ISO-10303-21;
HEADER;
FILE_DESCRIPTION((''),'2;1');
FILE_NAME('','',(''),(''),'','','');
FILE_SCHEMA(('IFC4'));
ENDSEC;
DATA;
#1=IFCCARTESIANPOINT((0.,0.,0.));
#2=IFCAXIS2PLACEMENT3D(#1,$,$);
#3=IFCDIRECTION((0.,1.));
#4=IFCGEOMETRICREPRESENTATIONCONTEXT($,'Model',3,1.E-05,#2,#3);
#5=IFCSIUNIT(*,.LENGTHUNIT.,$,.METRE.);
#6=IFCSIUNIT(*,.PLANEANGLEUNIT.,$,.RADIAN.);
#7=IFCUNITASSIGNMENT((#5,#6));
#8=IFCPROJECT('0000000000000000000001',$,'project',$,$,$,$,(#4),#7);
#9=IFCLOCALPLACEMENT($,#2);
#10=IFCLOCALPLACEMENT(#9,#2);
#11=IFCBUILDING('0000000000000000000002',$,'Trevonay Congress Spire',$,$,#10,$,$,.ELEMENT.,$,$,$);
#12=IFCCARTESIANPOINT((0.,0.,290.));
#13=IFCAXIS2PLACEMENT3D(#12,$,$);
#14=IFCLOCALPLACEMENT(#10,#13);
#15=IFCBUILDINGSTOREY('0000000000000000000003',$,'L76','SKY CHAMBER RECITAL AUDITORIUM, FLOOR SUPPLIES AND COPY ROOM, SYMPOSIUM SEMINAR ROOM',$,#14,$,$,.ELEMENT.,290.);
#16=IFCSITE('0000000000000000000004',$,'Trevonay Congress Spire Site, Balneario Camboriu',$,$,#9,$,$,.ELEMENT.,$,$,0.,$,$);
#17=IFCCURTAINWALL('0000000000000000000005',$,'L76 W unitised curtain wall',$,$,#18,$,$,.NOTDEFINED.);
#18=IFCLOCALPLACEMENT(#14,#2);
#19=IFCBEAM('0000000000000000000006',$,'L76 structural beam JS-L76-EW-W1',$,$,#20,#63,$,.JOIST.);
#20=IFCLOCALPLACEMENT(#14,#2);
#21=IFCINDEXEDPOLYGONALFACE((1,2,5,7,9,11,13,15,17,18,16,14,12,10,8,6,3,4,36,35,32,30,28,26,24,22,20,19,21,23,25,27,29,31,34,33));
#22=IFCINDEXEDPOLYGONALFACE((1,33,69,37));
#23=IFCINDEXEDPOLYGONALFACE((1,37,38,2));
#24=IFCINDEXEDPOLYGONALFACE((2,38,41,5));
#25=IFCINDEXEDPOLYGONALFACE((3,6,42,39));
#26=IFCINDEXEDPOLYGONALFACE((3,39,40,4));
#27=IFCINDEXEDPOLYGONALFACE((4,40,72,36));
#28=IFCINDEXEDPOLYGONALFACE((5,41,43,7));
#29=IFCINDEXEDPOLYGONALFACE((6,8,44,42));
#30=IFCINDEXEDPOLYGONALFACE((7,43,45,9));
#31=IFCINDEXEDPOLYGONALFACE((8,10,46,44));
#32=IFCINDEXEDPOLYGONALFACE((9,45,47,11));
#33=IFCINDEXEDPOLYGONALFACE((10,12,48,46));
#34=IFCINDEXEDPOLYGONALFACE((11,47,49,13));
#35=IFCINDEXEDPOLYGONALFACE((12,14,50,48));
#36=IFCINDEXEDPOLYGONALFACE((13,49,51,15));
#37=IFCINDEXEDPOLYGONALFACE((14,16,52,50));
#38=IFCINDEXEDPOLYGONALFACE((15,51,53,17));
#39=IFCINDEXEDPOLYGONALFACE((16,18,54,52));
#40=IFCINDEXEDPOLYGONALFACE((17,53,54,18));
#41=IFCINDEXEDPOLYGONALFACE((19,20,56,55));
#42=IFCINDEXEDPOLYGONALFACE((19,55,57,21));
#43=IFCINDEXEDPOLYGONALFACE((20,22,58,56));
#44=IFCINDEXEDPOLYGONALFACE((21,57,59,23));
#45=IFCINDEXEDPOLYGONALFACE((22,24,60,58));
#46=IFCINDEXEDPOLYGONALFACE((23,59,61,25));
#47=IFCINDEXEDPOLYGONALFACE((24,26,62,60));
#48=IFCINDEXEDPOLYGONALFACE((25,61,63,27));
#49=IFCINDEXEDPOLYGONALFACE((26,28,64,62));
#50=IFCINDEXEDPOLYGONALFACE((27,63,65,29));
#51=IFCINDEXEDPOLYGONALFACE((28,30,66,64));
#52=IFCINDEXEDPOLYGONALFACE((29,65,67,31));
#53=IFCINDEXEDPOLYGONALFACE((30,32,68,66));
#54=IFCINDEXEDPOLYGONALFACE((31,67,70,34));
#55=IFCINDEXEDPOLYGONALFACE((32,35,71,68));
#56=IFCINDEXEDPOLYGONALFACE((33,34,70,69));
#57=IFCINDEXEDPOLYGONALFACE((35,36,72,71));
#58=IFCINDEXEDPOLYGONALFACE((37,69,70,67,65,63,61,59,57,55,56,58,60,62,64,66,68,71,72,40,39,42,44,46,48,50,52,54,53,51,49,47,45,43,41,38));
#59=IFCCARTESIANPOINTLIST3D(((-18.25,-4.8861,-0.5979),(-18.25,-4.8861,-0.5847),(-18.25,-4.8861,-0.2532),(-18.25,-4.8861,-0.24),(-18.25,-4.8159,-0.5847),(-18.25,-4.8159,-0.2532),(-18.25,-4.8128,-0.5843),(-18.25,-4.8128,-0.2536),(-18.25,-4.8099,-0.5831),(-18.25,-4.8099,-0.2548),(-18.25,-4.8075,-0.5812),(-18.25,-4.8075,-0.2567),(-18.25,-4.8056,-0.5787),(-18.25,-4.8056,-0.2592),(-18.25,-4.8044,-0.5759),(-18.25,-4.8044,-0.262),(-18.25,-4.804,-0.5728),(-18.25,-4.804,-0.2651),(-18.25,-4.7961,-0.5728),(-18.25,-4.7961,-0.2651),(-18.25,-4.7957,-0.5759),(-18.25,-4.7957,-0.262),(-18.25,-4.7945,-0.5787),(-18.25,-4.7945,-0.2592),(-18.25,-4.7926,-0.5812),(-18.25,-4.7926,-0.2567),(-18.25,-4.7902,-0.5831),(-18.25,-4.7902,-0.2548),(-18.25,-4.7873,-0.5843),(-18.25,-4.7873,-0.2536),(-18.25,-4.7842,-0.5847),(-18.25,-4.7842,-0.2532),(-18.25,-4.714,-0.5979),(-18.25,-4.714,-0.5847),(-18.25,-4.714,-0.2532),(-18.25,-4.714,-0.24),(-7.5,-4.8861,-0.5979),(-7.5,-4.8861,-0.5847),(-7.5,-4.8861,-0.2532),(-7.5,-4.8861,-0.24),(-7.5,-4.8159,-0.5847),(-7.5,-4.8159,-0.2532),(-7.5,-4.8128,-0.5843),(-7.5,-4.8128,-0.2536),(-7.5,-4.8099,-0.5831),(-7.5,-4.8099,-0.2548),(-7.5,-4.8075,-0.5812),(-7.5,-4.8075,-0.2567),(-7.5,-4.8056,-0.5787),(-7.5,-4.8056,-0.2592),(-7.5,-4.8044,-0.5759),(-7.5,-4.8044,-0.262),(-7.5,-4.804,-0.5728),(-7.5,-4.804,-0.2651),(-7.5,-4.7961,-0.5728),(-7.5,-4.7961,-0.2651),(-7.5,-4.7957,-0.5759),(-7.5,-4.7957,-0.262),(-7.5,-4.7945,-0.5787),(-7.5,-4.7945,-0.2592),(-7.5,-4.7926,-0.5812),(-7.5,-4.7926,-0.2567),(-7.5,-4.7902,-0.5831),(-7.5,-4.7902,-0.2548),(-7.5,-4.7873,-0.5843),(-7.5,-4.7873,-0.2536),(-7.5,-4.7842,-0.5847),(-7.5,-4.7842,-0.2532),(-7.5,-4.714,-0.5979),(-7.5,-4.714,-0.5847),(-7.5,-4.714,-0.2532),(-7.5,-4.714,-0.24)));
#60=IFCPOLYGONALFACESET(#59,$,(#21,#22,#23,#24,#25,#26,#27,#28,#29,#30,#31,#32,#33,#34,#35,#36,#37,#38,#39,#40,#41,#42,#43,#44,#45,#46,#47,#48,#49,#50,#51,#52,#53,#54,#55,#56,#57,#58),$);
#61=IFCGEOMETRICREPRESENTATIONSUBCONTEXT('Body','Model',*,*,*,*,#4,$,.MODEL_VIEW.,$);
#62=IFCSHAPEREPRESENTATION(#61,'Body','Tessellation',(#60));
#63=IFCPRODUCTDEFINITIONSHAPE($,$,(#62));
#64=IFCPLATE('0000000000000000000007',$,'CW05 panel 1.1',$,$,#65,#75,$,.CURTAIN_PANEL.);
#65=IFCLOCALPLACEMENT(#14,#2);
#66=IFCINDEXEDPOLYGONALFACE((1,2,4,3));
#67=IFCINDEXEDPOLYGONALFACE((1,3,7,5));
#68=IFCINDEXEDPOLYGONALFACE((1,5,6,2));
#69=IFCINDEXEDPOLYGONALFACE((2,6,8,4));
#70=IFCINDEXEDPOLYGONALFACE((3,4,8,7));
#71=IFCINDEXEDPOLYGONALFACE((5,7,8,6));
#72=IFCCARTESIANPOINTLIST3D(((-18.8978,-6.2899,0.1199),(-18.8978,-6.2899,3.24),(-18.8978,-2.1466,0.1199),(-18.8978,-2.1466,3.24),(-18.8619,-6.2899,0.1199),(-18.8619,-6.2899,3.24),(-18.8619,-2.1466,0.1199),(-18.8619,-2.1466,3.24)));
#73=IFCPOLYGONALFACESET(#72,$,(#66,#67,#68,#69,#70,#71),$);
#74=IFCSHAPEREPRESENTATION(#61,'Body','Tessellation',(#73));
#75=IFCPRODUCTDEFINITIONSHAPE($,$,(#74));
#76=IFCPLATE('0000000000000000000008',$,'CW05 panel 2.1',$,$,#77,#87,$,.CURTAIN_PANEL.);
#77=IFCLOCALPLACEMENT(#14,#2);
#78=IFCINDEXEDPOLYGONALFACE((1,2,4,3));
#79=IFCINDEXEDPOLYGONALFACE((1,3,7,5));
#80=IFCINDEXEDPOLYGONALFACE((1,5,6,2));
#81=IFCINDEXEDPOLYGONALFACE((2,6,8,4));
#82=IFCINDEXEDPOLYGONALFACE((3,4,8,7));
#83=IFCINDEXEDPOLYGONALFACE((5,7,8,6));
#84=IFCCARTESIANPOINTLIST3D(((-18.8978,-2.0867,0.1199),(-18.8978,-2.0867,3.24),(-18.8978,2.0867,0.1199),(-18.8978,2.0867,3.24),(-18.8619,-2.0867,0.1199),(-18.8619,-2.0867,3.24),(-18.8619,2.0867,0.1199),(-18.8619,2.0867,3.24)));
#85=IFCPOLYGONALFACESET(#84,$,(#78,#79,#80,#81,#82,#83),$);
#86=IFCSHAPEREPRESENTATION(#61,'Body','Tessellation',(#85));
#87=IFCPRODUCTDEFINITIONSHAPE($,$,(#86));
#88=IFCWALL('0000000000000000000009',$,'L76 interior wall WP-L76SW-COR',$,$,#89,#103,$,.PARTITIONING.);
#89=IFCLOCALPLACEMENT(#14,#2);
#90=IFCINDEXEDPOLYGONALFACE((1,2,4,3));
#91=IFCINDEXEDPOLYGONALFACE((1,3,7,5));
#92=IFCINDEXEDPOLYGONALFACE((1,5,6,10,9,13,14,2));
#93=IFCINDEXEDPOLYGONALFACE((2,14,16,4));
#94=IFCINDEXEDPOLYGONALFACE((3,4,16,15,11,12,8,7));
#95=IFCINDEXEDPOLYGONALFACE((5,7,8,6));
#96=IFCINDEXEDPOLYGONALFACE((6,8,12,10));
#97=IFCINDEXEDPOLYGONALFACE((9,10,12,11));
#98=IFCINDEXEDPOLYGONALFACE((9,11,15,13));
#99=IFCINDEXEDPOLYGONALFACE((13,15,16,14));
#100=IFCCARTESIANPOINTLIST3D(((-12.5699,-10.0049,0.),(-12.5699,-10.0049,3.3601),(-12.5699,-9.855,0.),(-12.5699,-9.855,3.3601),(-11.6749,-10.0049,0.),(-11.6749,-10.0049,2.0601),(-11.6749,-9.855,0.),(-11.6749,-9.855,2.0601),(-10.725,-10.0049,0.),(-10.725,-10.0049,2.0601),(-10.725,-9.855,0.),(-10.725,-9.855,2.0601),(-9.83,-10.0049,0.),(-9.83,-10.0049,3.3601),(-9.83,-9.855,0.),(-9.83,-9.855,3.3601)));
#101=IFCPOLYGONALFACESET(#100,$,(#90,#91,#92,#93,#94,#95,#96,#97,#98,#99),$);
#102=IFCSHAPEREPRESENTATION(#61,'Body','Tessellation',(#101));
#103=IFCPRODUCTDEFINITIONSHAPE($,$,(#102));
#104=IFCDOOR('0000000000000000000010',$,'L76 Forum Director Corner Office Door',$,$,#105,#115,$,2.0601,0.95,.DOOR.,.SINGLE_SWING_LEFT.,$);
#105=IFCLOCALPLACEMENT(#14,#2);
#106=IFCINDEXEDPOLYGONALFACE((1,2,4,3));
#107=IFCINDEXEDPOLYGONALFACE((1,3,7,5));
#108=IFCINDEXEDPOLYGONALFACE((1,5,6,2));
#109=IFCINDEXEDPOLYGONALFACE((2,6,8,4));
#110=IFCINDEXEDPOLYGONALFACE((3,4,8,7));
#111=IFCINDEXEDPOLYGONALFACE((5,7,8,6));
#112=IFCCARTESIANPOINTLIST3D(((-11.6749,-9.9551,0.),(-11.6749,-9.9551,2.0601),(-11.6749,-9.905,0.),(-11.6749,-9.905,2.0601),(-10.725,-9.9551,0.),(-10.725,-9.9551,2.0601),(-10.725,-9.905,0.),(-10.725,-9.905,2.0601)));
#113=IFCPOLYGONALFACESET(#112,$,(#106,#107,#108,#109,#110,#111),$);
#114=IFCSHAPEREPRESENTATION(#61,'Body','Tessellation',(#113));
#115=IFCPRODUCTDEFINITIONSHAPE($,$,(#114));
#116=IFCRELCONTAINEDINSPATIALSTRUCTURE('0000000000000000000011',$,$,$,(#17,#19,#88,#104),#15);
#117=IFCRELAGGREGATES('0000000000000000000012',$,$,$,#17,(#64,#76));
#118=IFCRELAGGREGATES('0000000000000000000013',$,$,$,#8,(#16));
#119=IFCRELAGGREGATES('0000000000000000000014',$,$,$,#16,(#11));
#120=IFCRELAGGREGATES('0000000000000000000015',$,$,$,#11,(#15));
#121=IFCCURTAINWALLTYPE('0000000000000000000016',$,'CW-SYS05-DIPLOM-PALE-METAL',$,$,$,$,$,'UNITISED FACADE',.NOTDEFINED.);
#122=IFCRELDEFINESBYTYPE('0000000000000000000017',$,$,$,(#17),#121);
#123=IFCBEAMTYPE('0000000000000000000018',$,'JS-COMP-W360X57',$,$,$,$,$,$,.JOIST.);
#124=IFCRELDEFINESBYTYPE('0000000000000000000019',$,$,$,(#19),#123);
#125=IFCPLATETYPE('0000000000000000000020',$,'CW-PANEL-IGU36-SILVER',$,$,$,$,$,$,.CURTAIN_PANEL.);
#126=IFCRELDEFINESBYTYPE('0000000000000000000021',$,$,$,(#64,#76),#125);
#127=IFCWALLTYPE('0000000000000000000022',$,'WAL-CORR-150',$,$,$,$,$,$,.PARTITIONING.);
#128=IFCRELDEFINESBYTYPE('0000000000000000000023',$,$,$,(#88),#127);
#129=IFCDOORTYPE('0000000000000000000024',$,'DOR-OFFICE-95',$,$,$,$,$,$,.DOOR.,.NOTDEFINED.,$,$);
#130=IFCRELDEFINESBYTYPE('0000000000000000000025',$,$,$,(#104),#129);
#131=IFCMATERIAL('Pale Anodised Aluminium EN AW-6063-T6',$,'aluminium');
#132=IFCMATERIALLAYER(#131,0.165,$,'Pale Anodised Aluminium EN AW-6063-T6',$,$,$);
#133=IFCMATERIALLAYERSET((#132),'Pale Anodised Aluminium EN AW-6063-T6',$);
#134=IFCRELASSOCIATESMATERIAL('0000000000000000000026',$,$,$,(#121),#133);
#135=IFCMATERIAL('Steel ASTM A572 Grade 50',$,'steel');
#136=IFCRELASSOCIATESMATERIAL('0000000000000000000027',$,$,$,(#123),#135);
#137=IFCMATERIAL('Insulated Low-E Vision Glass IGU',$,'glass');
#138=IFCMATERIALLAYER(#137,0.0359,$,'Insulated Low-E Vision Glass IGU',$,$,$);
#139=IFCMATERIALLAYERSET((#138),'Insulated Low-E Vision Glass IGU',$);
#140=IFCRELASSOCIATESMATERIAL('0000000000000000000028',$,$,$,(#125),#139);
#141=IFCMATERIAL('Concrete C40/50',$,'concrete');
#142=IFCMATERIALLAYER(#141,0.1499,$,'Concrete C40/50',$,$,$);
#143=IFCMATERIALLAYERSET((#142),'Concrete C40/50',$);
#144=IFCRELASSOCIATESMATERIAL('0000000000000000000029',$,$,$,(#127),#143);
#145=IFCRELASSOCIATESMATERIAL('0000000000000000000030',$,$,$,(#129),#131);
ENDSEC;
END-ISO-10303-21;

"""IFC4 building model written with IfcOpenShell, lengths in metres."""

from ifc_helpers import new_model, si_unit, direction, frame, frame_2d, origin, origin_2d, place, context, subcontext, project, spatial, rectangle, i_section, extrude, material, layer, layer_set, material_profile, profile_set, type_object, element, fill, aggregate, save


model = new_model("IFC4")

# Units and contexts
model_context = context("Model", 3, precision=1e-05, world=origin(), true_north=direction((0.0, 1.0)))
body_context = subcontext(model_context, "Body", "Model", "MODEL_VIEW")
ifc_project = project(units=[si_unit("LENGTHUNIT", "METRE"), si_unit("PLANEANGLEUNIT", "RADIAN")], contexts=[model_context])

# Site, building, storey
site_placement = place(None, origin())
site = spatial("IfcSite", under=ifc_project, at=site_placement, Name="Trevonay Congress Spire Site, Balneario Camboriu", CompositionType="ELEMENT", RefElevation=0.0)
building_placement = place(site_placement, origin())
building = spatial("IfcBuilding", under=site, at=building_placement, Name="Trevonay Congress Spire", CompositionType="ELEMENT")
storey_placement = place(building_placement, frame((0.0, 0.0, 290.0)))
storey = spatial("IfcBuildingStorey", under=building, at=storey_placement, Name="L76", Description="SKY CHAMBER RECITAL AUDITORIUM, FLOOR SUPPLIES AND COPY ROOM, SYMPOSIUM SEMINAR ROOM", CompositionType="ELEMENT", Elevation=290.0)

# Shared definitions
ifc_material_1 = material(Name="Steel ASTM A572 Grade 50", Category="steel")

# Curtain wall
ifc_material_2 = material(Name="Pale Anodised Aluminium EN AW-6063-T6", Category="aluminium")
ifc_layer_1 = layer(ifc_material_2, 0.165, Name="Pale Anodised Aluminium EN AW-6063-T6")
ifc_layer_set_1 = layer_set([ifc_layer_1], Name="Pale Anodised Aluminium EN AW-6063-T6")
curtain_wall_type = type_object("IfcCurtainWallType", Name="CW-SYS05-DIPLOM-PALE-METAL", ElementType="UNITISED FACADE", PredefinedType="NOTDEFINED", material=ifc_layer_set_1)
curtain_wall_placement = place(storey_placement, origin())
curtain_wall = element("IfcCurtainWall", 1, at=curtain_wall_placement, inside=storey, type_object=curtain_wall_type, Name="L76 W unitised curtain wall", PredefinedType="NOTDEFINED")

# Beam
ifc_material_profile_1 = material_profile(ifc_material_1, i_section(OverallWidth=0.1721, OverallDepth=0.3579, WebThickness=0.0078, FlangeThickness=0.0132, FilletRadius=0.012, at=origin_2d()), Name="W360x57.8")
ifc_profile_set_1 = profile_set([ifc_material_profile_1], Name="Steel ASTM A572 Grade 50")
beam_type_1 = type_object("IfcBeamType", Name="JS-COMP-W360X57", PredefinedType="JOIST", material=ifc_profile_set_1)
beam_1_placement = place(storey_placement, frame((-18.25, -4.8, -0.4189), z_axis=(1.0, 0.0, 0.0), x_axis=(0.0, 1.0, 0.0)))
element("IfcBeam", 2, at=beam_1_placement, inside=storey, type_object=beam_type_1, Name="L76 structural beam JS-L76-EW-W1", PredefinedType="JOIST", context=body_context, shape_type="SweptSolid", body=[
    extrude(i_section(OverallWidth=0.1721, OverallDepth=0.3579, WebThickness=0.0078, FlangeThickness=0.0132, FilletRadius=0.012, at=origin_2d()), origin(), (0.0, 0.0, 1.0), 10.75),
])

# Plates
ifc_material_3 = material(Name="Insulated Low-E Vision Glass IGU", Category="glass")
ifc_layer_2 = layer(ifc_material_3, 0.0359, Name="Insulated Low-E Vision Glass IGU")
ifc_layer_set_2 = layer_set([ifc_layer_2], Name="Insulated Low-E Vision Glass IGU")
plate_type = type_object("IfcPlateType", Name="CW-PANEL-IGU36-SILVER", PredefinedType="CURTAIN_PANEL", material=ifc_layer_set_2)
plate_1_placement = place(storey_placement, frame((-18.8799, -4.2183, 0.1199), z_axis=(0.0, 0.0, 1.0), x_axis=(0.0, 1.0, 0.0)))
plate_1 = element("IfcPlate", 3, at=plate_1_placement, type_object=plate_type, Name="CW05 panel 1.1", PredefinedType="CURTAIN_PANEL", context=body_context, shape_type="SweptSolid", body=[
    extrude(rectangle(XDim=4.1433, YDim=0.0359, at=origin_2d()), origin(), (0.0, 0.0, 1.0), 3.1201),
])
plate_2_placement = place(storey_placement, frame((-18.8799, 0.0, 0.1199), z_axis=(0.0, 0.0, 1.0), x_axis=(0.0, 1.0, 0.0)))
plate_2 = element("IfcPlate", 4, at=plate_2_placement, type_object=plate_type, Name="CW05 panel 2.1", PredefinedType="CURTAIN_PANEL", context=body_context, shape_type="SweptSolid", body=[
    extrude(rectangle(XDim=4.1733, YDim=0.0359, at=origin_2d()), origin(), (0.0, 0.0, 1.0), 3.1201),
])
aggregate(curtain_wall, [plate_1, plate_2])

# Wall, opening, door
ifc_material_4 = material(Name="Concrete C40/50", Category="concrete")
ifc_layer_3 = layer(ifc_material_4, 0.1499, Name="Concrete C40/50")
ifc_layer_set_3 = layer_set([ifc_layer_3], Name="Concrete C40/50")
wall_type_1 = type_object("IfcWallType", Name="WAL-CORR-150", PredefinedType="PARTITIONING", material=ifc_layer_set_3)
wall_1_placement = place(storey_placement, frame((-12.5701, -9.9299, 0.0), z_axis=(0.0, 0.0, 1.0), x_axis=(1.0, 0.0, 0.0)))
wall_1 = element("IfcWall", 5, at=wall_1_placement, inside=storey, type_object=wall_type_1, Name="L76 interior wall WP-L76SW-COR", PredefinedType="PARTITIONING", context=body_context, shape_type="SweptSolid", body=[
    extrude(rectangle(XDim=2.74, YDim=0.1499, at=frame_2d((1.3701, 0.0))), origin(), (0.0, 0.0, 1.0), 3.3601),
])
opening_1_placement = place(wall_1_placement, frame((0.895, 0.0, 0.0)))
opening_1 = element("IfcOpeningElement", 6, at=opening_1_placement, cuts=wall_1, PredefinedType="OPENING", context=body_context, shape_type="SweptSolid", body=[
    extrude(rectangle(XDim=0.95, YDim=2.0601, at=frame_2d((0.4751, 1.03))), frame((0.0, 0.085, 0.0), z_axis=(0.0, -1.0, 0.0), x_axis=(1.0, 0.0, 0.0)), (0.0, 0.0, 1.0), 0.1699),
])
door_type_1 = type_object("IfcDoorType", Name="DOR-OFFICE-95", OperationType="NOTDEFINED", PredefinedType="DOOR", material=ifc_material_2)
door_1_placement = place(opening_1_placement, origin())
door_1 = element("IfcDoor", 7, at=door_1_placement, inside=storey, type_object=door_type_1, Name="L76 Forum Director Corner Office Door", OperationType="SINGLE_SWING_LEFT", OverallHeight=2.0601, OverallWidth=0.95, PredefinedType="DOOR", context=body_context, shape_type="SweptSolid", body=[
    extrude(rectangle(XDim=0.95, YDim=2.0601, at=frame_2d((0.4751, 1.03))), frame((0.0, 0.0249, 0.0), z_axis=(0.0, -1.0, 0.0), x_axis=(1.0, 0.0, 0.0)), (0.0, 0.0, 1.0), 0.05),
])
fill(opening_1, door_1)

save(model, "model.ifc")
